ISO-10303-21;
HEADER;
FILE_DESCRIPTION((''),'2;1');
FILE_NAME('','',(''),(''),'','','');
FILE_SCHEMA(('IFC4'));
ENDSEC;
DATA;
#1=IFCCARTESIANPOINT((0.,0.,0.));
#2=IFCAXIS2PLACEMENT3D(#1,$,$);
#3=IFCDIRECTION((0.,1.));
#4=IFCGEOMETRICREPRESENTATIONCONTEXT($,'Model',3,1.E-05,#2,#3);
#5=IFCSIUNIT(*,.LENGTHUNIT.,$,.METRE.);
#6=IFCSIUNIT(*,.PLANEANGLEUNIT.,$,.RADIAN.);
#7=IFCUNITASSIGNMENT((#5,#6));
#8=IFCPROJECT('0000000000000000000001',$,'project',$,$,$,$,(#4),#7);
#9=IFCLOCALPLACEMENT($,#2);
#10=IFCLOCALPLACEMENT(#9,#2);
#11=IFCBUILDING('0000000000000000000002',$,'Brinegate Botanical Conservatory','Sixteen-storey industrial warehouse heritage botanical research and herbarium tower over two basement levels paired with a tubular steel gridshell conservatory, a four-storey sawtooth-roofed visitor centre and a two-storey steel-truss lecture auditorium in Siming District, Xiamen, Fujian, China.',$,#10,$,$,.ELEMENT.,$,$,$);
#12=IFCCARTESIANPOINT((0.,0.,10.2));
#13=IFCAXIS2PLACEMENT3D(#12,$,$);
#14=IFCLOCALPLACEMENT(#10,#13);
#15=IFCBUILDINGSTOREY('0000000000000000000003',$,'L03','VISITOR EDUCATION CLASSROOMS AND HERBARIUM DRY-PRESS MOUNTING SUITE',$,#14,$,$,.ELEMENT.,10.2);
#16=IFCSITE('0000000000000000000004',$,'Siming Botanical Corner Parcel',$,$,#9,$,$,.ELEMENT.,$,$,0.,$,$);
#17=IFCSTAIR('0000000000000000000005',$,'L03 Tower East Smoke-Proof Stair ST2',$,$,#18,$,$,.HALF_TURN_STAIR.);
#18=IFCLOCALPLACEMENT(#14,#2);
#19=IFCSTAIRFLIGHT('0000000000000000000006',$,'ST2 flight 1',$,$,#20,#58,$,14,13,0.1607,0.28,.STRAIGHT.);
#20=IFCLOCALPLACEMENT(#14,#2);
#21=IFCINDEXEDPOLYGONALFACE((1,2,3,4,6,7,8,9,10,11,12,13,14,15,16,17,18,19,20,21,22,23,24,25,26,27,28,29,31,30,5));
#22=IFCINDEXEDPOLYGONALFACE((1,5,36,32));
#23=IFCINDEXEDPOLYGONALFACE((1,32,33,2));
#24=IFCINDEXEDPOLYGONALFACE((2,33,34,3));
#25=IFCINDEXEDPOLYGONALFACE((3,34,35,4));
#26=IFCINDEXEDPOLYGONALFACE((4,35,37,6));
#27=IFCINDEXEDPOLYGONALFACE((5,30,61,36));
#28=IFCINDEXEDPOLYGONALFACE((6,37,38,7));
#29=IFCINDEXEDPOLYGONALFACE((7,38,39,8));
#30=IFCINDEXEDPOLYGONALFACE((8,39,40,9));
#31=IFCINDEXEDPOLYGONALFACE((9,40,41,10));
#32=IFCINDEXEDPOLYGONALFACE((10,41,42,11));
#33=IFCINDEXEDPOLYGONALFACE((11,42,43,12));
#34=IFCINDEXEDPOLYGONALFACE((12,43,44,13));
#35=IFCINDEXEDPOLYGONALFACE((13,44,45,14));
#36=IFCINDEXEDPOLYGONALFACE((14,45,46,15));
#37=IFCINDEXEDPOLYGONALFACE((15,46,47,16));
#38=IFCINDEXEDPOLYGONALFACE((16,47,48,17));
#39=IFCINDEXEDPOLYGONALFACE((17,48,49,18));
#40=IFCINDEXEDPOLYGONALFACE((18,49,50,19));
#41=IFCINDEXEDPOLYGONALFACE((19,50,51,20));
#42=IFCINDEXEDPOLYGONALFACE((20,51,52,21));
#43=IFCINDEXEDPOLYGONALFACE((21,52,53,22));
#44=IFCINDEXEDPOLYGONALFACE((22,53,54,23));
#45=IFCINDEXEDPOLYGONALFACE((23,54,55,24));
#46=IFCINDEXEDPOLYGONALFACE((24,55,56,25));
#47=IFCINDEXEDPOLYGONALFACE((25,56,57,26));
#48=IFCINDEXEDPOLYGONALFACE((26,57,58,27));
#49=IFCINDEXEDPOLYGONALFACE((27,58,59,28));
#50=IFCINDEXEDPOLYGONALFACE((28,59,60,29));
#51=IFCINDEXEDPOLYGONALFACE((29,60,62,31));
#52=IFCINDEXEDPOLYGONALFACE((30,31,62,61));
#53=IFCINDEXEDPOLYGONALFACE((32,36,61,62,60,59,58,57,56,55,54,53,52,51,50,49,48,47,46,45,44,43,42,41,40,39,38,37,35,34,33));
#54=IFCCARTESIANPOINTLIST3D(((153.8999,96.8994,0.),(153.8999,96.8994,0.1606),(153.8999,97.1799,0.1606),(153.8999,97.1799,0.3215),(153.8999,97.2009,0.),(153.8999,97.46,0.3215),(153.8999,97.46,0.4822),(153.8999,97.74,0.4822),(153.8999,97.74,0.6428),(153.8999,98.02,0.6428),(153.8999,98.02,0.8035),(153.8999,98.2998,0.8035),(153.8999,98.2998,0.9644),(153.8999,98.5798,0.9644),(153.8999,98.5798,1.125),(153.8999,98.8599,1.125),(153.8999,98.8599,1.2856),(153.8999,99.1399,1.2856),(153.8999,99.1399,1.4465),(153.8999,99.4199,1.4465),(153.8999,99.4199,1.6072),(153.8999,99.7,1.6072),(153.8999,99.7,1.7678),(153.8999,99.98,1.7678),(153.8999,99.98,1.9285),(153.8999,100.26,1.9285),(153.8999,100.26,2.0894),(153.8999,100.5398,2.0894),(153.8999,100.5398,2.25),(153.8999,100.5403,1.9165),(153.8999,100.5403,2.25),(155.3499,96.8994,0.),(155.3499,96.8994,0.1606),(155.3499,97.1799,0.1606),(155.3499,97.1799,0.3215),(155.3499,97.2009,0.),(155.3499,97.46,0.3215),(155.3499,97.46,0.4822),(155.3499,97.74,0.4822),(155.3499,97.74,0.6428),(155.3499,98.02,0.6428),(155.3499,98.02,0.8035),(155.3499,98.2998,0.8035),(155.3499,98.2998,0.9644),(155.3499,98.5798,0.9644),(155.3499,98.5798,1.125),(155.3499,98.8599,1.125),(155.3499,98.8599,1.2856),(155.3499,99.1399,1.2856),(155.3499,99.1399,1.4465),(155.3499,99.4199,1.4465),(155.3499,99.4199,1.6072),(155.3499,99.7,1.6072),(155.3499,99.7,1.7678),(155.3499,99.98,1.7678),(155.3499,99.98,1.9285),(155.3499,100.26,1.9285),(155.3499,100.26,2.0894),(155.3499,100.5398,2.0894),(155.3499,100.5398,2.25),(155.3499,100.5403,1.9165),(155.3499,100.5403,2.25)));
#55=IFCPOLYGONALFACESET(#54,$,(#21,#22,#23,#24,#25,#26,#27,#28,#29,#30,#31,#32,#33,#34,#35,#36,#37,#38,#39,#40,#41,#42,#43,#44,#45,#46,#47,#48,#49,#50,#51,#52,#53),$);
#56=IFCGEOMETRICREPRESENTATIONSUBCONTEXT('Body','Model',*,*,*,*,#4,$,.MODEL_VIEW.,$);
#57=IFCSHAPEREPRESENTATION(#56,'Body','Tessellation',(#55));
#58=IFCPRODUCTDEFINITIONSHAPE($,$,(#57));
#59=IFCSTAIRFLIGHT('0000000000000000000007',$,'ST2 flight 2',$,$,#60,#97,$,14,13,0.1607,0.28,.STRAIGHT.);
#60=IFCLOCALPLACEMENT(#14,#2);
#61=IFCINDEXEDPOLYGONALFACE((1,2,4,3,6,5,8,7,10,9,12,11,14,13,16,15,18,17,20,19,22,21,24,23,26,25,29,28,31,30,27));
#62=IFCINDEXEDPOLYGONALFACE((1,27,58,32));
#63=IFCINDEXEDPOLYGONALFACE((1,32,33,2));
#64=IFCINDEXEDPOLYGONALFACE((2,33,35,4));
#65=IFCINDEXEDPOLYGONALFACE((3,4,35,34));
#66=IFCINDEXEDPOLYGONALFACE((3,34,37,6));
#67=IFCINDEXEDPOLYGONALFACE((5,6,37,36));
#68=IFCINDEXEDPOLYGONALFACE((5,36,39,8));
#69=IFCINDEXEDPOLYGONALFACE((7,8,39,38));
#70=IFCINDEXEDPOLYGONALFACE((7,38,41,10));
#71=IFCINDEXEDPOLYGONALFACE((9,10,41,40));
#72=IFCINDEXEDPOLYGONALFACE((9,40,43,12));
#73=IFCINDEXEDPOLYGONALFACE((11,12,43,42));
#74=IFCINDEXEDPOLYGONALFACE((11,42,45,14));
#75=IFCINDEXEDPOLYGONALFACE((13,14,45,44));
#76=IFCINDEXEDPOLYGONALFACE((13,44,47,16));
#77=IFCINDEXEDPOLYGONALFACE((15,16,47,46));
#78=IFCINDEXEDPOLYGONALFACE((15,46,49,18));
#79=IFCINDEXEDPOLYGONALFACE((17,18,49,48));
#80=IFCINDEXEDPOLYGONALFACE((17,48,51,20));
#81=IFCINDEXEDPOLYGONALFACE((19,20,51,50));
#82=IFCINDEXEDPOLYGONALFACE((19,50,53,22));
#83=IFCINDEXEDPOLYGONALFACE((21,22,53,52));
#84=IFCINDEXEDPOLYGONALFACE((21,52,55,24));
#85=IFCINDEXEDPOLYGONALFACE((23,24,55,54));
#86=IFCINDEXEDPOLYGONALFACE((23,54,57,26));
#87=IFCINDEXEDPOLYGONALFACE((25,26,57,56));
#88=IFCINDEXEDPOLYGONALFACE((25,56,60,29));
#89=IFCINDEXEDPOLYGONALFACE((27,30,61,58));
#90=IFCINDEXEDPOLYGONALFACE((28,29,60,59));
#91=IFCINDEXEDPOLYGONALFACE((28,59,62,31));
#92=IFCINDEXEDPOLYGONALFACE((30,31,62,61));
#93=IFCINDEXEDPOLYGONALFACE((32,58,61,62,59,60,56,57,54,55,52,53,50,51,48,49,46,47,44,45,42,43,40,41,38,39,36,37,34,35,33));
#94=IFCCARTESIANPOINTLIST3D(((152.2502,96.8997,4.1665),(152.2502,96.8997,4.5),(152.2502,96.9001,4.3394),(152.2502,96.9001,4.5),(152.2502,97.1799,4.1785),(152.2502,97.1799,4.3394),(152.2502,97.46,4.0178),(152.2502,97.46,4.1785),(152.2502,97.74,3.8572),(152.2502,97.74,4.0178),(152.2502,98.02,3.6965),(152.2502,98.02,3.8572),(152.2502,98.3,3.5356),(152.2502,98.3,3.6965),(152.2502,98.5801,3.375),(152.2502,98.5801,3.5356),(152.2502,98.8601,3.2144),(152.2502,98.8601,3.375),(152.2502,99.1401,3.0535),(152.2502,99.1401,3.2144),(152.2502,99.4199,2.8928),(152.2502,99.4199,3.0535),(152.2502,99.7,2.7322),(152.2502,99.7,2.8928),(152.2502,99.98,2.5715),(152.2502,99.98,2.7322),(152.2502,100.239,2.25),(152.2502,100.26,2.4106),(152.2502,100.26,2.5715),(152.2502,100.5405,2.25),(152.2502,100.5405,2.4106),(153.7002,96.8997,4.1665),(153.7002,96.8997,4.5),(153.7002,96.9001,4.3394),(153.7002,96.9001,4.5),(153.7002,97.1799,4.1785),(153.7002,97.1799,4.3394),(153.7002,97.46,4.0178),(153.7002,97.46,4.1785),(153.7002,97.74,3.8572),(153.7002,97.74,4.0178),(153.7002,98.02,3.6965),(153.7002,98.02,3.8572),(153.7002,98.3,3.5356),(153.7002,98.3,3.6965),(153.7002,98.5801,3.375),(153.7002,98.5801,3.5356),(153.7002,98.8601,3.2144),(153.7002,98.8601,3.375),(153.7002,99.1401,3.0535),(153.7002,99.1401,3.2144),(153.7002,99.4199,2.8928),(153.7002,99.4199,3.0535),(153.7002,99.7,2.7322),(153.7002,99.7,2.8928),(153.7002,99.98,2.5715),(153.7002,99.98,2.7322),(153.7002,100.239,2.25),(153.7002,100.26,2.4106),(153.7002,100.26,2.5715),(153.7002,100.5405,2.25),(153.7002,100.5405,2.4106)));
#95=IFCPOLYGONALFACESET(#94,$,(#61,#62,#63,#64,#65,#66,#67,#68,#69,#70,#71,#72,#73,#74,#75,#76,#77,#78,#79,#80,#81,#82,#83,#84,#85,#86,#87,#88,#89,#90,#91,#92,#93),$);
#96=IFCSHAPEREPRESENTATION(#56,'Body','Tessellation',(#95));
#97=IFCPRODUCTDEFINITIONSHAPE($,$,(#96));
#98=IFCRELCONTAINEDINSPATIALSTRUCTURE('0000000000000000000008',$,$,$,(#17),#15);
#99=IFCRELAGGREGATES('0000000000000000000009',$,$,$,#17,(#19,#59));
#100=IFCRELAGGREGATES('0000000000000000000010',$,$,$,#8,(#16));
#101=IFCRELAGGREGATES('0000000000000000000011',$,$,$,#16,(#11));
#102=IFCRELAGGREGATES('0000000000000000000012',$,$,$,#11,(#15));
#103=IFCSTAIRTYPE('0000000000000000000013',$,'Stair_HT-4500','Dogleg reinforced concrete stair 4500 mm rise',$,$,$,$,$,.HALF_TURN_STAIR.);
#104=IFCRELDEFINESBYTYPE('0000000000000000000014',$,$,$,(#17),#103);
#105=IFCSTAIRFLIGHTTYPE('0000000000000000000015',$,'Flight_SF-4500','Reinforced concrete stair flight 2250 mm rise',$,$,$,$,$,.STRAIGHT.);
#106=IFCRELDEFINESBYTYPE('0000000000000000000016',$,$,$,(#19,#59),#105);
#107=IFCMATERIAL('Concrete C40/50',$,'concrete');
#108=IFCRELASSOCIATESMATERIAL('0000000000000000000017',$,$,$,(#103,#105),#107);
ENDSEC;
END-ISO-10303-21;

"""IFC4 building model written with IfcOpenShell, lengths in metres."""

from ifc_helpers import new_model, si_unit, direction, frame, origin, place, context, subcontext, project, spatial, polyline, outline, extrude, material, type_object, element, aggregate, save


model = new_model("IFC4")

# Units and contexts
model_context = context("Model", 3, precision=1e-05, world=origin(), true_north=direction((0.0, 1.0)))
body_context = subcontext(model_context, "Body", "Model", "MODEL_VIEW")
ifc_project = project(units=[si_unit("LENGTHUNIT", "METRE"), si_unit("PLANEANGLEUNIT", "RADIAN")], contexts=[model_context])

# Site, building, storey
site_placement = place(None, origin())
site = spatial("IfcSite", under=ifc_project, at=site_placement, Name="Siming Botanical Corner Parcel", CompositionType="ELEMENT", RefElevation=0.0)
building_placement = place(site_placement, origin())
building = spatial("IfcBuilding", under=site, at=building_placement, Name="Brinegate Botanical Conservatory", Description="Sixteen-storey industrial warehouse heritage botanical research and herbarium tower over two basement levels paired with a tubular steel gridshell conservatory, a four-storey sawtooth-roofed visitor centre and a two-storey steel-truss lecture auditorium in Siming District, Xiamen, Fujian, China.", CompositionType="ELEMENT")
storey_placement = place(building_placement, frame((0.0, 0.0, 10.2)))
storey = spatial("IfcBuildingStorey", under=building, at=storey_placement, Name="L03", Description="VISITOR EDUCATION CLASSROOMS AND HERBARIUM DRY-PRESS MOUNTING SUITE", CompositionType="ELEMENT", Elevation=10.2)

# Shared definitions
ifc_material_1 = material(Name="Concrete C40/50", Category="concrete")

# Stair, stair flights
stair_type = type_object("IfcStairType", Name="Stair_HT-4500", Description="Dogleg reinforced concrete stair 4500 mm rise", PredefinedType="HALF_TURN_STAIR", material=ifc_material_1)
stair_placement = place(storey_placement, origin())
stair = element("IfcStair", 1, at=stair_placement, inside=storey, type_object=stair_type, Name="L03 Tower East Smoke-Proof Stair ST2", PredefinedType="HALF_TURN_STAIR")
stair_flight_type = type_object("IfcStairFlightType", Name="Flight_SF-4500", Description="Reinforced concrete stair flight 2250 mm rise", PredefinedType="STRAIGHT", material=ifc_material_1)
stair_flight_1_placement = place(storey_placement, frame((154.625, 96.8999, 0.0), z_axis=(0.0, 0.0, 1.0), x_axis=(0.0, 1.0, 0.0)))
stair_flight_1 = element("IfcStairFlight", 2, at=stair_flight_1_placement, type_object=stair_flight_type, Name="ST2 flight 1", NumberOfRisers=14, NumberOfTreads=13, PredefinedType="STRAIGHT", RiserHeight=0.1607, TreadLength=0.28, context=body_context, shape_type="SweptSolid", body=[
    extrude(outline(polyline([(-0.0005, 0.0), (-0.0005, 0.1606), (0.28, 0.1606), (0.28, 0.3215), (0.5601, 0.3215), (0.5601, 0.4822), (0.8401, 0.4822), (0.8401, 0.6428), (1.1201, 0.6428), (1.1201, 0.8035), (1.3999, 0.8035), (1.3999, 0.9644), (1.6799, 0.9644), (1.6799, 1.125), (1.96, 1.125), (1.96, 1.2856), (2.24, 1.2856), (2.24, 1.4465), (2.52, 1.4465), (2.52, 1.6072), (2.8, 1.6072), (2.8, 1.7678), (3.0801, 1.7678), (3.0801, 1.9285), (3.3601, 1.9285), (3.3601, 2.0894), (3.6399, 2.0894), (3.6399, 2.25), (3.6404, 2.25), (3.6404, 1.9165), (0.301, 0.0), (-0.0005, 0.0)])), frame((0.0, 0.7251, 0.0), z_axis=(0.0, -1.0, 0.0), x_axis=(1.0, 0.0, 0.0)), (0.0, 0.0, 1.0), 1.45),
])
stair_flight_2_placement = place(storey_placement, frame((152.9751, 100.54, 2.25), z_axis=(0.0, 0.0, 1.0), x_axis=(0.0, -1.0, 0.0)))
stair_flight_2 = element("IfcStairFlight", 3, at=stair_flight_2_placement, type_object=stair_flight_type, Name="ST2 flight 2", NumberOfRisers=14, NumberOfTreads=13, PredefinedType="STRAIGHT", RiserHeight=0.1607, TreadLength=0.28, context=body_context, shape_type="SweptSolid", body=[
    extrude(outline(polyline([(-0.0005, 0.0), (-0.0005, 0.1606), (0.28, 0.1606), (0.28, 0.3215), (0.5601, 0.3215), (0.5601, 0.4822), (0.8401, 0.4822), (0.8401, 0.6428), (1.1201, 0.6428), (1.1201, 0.8035), (1.3999, 0.8035), (1.3999, 0.9644), (1.6799, 0.9644), (1.6799, 1.125), (1.96, 1.125), (1.96, 1.2856), (2.24, 1.2856), (2.24, 1.4465), (2.52, 1.4465), (2.52, 1.6072), (2.8, 1.6072), (2.8, 1.7678), (3.0801, 1.7678), (3.0801, 1.9285), (3.3601, 1.9285), (3.3601, 2.0894), (3.6399, 2.0894), (3.6399, 2.25), (3.6404, 2.25), (3.6404, 1.9165), (0.301, 0.0), (-0.0005, 0.0)])), frame((0.0, 0.7251, 0.0), z_axis=(0.0, -1.0, 0.0), x_axis=(1.0, 0.0, 0.0)), (0.0, 0.0, 1.0), 1.45),
])
aggregate(stair, [stair_flight_1, stair_flight_2])

save(model, "model.ifc")
